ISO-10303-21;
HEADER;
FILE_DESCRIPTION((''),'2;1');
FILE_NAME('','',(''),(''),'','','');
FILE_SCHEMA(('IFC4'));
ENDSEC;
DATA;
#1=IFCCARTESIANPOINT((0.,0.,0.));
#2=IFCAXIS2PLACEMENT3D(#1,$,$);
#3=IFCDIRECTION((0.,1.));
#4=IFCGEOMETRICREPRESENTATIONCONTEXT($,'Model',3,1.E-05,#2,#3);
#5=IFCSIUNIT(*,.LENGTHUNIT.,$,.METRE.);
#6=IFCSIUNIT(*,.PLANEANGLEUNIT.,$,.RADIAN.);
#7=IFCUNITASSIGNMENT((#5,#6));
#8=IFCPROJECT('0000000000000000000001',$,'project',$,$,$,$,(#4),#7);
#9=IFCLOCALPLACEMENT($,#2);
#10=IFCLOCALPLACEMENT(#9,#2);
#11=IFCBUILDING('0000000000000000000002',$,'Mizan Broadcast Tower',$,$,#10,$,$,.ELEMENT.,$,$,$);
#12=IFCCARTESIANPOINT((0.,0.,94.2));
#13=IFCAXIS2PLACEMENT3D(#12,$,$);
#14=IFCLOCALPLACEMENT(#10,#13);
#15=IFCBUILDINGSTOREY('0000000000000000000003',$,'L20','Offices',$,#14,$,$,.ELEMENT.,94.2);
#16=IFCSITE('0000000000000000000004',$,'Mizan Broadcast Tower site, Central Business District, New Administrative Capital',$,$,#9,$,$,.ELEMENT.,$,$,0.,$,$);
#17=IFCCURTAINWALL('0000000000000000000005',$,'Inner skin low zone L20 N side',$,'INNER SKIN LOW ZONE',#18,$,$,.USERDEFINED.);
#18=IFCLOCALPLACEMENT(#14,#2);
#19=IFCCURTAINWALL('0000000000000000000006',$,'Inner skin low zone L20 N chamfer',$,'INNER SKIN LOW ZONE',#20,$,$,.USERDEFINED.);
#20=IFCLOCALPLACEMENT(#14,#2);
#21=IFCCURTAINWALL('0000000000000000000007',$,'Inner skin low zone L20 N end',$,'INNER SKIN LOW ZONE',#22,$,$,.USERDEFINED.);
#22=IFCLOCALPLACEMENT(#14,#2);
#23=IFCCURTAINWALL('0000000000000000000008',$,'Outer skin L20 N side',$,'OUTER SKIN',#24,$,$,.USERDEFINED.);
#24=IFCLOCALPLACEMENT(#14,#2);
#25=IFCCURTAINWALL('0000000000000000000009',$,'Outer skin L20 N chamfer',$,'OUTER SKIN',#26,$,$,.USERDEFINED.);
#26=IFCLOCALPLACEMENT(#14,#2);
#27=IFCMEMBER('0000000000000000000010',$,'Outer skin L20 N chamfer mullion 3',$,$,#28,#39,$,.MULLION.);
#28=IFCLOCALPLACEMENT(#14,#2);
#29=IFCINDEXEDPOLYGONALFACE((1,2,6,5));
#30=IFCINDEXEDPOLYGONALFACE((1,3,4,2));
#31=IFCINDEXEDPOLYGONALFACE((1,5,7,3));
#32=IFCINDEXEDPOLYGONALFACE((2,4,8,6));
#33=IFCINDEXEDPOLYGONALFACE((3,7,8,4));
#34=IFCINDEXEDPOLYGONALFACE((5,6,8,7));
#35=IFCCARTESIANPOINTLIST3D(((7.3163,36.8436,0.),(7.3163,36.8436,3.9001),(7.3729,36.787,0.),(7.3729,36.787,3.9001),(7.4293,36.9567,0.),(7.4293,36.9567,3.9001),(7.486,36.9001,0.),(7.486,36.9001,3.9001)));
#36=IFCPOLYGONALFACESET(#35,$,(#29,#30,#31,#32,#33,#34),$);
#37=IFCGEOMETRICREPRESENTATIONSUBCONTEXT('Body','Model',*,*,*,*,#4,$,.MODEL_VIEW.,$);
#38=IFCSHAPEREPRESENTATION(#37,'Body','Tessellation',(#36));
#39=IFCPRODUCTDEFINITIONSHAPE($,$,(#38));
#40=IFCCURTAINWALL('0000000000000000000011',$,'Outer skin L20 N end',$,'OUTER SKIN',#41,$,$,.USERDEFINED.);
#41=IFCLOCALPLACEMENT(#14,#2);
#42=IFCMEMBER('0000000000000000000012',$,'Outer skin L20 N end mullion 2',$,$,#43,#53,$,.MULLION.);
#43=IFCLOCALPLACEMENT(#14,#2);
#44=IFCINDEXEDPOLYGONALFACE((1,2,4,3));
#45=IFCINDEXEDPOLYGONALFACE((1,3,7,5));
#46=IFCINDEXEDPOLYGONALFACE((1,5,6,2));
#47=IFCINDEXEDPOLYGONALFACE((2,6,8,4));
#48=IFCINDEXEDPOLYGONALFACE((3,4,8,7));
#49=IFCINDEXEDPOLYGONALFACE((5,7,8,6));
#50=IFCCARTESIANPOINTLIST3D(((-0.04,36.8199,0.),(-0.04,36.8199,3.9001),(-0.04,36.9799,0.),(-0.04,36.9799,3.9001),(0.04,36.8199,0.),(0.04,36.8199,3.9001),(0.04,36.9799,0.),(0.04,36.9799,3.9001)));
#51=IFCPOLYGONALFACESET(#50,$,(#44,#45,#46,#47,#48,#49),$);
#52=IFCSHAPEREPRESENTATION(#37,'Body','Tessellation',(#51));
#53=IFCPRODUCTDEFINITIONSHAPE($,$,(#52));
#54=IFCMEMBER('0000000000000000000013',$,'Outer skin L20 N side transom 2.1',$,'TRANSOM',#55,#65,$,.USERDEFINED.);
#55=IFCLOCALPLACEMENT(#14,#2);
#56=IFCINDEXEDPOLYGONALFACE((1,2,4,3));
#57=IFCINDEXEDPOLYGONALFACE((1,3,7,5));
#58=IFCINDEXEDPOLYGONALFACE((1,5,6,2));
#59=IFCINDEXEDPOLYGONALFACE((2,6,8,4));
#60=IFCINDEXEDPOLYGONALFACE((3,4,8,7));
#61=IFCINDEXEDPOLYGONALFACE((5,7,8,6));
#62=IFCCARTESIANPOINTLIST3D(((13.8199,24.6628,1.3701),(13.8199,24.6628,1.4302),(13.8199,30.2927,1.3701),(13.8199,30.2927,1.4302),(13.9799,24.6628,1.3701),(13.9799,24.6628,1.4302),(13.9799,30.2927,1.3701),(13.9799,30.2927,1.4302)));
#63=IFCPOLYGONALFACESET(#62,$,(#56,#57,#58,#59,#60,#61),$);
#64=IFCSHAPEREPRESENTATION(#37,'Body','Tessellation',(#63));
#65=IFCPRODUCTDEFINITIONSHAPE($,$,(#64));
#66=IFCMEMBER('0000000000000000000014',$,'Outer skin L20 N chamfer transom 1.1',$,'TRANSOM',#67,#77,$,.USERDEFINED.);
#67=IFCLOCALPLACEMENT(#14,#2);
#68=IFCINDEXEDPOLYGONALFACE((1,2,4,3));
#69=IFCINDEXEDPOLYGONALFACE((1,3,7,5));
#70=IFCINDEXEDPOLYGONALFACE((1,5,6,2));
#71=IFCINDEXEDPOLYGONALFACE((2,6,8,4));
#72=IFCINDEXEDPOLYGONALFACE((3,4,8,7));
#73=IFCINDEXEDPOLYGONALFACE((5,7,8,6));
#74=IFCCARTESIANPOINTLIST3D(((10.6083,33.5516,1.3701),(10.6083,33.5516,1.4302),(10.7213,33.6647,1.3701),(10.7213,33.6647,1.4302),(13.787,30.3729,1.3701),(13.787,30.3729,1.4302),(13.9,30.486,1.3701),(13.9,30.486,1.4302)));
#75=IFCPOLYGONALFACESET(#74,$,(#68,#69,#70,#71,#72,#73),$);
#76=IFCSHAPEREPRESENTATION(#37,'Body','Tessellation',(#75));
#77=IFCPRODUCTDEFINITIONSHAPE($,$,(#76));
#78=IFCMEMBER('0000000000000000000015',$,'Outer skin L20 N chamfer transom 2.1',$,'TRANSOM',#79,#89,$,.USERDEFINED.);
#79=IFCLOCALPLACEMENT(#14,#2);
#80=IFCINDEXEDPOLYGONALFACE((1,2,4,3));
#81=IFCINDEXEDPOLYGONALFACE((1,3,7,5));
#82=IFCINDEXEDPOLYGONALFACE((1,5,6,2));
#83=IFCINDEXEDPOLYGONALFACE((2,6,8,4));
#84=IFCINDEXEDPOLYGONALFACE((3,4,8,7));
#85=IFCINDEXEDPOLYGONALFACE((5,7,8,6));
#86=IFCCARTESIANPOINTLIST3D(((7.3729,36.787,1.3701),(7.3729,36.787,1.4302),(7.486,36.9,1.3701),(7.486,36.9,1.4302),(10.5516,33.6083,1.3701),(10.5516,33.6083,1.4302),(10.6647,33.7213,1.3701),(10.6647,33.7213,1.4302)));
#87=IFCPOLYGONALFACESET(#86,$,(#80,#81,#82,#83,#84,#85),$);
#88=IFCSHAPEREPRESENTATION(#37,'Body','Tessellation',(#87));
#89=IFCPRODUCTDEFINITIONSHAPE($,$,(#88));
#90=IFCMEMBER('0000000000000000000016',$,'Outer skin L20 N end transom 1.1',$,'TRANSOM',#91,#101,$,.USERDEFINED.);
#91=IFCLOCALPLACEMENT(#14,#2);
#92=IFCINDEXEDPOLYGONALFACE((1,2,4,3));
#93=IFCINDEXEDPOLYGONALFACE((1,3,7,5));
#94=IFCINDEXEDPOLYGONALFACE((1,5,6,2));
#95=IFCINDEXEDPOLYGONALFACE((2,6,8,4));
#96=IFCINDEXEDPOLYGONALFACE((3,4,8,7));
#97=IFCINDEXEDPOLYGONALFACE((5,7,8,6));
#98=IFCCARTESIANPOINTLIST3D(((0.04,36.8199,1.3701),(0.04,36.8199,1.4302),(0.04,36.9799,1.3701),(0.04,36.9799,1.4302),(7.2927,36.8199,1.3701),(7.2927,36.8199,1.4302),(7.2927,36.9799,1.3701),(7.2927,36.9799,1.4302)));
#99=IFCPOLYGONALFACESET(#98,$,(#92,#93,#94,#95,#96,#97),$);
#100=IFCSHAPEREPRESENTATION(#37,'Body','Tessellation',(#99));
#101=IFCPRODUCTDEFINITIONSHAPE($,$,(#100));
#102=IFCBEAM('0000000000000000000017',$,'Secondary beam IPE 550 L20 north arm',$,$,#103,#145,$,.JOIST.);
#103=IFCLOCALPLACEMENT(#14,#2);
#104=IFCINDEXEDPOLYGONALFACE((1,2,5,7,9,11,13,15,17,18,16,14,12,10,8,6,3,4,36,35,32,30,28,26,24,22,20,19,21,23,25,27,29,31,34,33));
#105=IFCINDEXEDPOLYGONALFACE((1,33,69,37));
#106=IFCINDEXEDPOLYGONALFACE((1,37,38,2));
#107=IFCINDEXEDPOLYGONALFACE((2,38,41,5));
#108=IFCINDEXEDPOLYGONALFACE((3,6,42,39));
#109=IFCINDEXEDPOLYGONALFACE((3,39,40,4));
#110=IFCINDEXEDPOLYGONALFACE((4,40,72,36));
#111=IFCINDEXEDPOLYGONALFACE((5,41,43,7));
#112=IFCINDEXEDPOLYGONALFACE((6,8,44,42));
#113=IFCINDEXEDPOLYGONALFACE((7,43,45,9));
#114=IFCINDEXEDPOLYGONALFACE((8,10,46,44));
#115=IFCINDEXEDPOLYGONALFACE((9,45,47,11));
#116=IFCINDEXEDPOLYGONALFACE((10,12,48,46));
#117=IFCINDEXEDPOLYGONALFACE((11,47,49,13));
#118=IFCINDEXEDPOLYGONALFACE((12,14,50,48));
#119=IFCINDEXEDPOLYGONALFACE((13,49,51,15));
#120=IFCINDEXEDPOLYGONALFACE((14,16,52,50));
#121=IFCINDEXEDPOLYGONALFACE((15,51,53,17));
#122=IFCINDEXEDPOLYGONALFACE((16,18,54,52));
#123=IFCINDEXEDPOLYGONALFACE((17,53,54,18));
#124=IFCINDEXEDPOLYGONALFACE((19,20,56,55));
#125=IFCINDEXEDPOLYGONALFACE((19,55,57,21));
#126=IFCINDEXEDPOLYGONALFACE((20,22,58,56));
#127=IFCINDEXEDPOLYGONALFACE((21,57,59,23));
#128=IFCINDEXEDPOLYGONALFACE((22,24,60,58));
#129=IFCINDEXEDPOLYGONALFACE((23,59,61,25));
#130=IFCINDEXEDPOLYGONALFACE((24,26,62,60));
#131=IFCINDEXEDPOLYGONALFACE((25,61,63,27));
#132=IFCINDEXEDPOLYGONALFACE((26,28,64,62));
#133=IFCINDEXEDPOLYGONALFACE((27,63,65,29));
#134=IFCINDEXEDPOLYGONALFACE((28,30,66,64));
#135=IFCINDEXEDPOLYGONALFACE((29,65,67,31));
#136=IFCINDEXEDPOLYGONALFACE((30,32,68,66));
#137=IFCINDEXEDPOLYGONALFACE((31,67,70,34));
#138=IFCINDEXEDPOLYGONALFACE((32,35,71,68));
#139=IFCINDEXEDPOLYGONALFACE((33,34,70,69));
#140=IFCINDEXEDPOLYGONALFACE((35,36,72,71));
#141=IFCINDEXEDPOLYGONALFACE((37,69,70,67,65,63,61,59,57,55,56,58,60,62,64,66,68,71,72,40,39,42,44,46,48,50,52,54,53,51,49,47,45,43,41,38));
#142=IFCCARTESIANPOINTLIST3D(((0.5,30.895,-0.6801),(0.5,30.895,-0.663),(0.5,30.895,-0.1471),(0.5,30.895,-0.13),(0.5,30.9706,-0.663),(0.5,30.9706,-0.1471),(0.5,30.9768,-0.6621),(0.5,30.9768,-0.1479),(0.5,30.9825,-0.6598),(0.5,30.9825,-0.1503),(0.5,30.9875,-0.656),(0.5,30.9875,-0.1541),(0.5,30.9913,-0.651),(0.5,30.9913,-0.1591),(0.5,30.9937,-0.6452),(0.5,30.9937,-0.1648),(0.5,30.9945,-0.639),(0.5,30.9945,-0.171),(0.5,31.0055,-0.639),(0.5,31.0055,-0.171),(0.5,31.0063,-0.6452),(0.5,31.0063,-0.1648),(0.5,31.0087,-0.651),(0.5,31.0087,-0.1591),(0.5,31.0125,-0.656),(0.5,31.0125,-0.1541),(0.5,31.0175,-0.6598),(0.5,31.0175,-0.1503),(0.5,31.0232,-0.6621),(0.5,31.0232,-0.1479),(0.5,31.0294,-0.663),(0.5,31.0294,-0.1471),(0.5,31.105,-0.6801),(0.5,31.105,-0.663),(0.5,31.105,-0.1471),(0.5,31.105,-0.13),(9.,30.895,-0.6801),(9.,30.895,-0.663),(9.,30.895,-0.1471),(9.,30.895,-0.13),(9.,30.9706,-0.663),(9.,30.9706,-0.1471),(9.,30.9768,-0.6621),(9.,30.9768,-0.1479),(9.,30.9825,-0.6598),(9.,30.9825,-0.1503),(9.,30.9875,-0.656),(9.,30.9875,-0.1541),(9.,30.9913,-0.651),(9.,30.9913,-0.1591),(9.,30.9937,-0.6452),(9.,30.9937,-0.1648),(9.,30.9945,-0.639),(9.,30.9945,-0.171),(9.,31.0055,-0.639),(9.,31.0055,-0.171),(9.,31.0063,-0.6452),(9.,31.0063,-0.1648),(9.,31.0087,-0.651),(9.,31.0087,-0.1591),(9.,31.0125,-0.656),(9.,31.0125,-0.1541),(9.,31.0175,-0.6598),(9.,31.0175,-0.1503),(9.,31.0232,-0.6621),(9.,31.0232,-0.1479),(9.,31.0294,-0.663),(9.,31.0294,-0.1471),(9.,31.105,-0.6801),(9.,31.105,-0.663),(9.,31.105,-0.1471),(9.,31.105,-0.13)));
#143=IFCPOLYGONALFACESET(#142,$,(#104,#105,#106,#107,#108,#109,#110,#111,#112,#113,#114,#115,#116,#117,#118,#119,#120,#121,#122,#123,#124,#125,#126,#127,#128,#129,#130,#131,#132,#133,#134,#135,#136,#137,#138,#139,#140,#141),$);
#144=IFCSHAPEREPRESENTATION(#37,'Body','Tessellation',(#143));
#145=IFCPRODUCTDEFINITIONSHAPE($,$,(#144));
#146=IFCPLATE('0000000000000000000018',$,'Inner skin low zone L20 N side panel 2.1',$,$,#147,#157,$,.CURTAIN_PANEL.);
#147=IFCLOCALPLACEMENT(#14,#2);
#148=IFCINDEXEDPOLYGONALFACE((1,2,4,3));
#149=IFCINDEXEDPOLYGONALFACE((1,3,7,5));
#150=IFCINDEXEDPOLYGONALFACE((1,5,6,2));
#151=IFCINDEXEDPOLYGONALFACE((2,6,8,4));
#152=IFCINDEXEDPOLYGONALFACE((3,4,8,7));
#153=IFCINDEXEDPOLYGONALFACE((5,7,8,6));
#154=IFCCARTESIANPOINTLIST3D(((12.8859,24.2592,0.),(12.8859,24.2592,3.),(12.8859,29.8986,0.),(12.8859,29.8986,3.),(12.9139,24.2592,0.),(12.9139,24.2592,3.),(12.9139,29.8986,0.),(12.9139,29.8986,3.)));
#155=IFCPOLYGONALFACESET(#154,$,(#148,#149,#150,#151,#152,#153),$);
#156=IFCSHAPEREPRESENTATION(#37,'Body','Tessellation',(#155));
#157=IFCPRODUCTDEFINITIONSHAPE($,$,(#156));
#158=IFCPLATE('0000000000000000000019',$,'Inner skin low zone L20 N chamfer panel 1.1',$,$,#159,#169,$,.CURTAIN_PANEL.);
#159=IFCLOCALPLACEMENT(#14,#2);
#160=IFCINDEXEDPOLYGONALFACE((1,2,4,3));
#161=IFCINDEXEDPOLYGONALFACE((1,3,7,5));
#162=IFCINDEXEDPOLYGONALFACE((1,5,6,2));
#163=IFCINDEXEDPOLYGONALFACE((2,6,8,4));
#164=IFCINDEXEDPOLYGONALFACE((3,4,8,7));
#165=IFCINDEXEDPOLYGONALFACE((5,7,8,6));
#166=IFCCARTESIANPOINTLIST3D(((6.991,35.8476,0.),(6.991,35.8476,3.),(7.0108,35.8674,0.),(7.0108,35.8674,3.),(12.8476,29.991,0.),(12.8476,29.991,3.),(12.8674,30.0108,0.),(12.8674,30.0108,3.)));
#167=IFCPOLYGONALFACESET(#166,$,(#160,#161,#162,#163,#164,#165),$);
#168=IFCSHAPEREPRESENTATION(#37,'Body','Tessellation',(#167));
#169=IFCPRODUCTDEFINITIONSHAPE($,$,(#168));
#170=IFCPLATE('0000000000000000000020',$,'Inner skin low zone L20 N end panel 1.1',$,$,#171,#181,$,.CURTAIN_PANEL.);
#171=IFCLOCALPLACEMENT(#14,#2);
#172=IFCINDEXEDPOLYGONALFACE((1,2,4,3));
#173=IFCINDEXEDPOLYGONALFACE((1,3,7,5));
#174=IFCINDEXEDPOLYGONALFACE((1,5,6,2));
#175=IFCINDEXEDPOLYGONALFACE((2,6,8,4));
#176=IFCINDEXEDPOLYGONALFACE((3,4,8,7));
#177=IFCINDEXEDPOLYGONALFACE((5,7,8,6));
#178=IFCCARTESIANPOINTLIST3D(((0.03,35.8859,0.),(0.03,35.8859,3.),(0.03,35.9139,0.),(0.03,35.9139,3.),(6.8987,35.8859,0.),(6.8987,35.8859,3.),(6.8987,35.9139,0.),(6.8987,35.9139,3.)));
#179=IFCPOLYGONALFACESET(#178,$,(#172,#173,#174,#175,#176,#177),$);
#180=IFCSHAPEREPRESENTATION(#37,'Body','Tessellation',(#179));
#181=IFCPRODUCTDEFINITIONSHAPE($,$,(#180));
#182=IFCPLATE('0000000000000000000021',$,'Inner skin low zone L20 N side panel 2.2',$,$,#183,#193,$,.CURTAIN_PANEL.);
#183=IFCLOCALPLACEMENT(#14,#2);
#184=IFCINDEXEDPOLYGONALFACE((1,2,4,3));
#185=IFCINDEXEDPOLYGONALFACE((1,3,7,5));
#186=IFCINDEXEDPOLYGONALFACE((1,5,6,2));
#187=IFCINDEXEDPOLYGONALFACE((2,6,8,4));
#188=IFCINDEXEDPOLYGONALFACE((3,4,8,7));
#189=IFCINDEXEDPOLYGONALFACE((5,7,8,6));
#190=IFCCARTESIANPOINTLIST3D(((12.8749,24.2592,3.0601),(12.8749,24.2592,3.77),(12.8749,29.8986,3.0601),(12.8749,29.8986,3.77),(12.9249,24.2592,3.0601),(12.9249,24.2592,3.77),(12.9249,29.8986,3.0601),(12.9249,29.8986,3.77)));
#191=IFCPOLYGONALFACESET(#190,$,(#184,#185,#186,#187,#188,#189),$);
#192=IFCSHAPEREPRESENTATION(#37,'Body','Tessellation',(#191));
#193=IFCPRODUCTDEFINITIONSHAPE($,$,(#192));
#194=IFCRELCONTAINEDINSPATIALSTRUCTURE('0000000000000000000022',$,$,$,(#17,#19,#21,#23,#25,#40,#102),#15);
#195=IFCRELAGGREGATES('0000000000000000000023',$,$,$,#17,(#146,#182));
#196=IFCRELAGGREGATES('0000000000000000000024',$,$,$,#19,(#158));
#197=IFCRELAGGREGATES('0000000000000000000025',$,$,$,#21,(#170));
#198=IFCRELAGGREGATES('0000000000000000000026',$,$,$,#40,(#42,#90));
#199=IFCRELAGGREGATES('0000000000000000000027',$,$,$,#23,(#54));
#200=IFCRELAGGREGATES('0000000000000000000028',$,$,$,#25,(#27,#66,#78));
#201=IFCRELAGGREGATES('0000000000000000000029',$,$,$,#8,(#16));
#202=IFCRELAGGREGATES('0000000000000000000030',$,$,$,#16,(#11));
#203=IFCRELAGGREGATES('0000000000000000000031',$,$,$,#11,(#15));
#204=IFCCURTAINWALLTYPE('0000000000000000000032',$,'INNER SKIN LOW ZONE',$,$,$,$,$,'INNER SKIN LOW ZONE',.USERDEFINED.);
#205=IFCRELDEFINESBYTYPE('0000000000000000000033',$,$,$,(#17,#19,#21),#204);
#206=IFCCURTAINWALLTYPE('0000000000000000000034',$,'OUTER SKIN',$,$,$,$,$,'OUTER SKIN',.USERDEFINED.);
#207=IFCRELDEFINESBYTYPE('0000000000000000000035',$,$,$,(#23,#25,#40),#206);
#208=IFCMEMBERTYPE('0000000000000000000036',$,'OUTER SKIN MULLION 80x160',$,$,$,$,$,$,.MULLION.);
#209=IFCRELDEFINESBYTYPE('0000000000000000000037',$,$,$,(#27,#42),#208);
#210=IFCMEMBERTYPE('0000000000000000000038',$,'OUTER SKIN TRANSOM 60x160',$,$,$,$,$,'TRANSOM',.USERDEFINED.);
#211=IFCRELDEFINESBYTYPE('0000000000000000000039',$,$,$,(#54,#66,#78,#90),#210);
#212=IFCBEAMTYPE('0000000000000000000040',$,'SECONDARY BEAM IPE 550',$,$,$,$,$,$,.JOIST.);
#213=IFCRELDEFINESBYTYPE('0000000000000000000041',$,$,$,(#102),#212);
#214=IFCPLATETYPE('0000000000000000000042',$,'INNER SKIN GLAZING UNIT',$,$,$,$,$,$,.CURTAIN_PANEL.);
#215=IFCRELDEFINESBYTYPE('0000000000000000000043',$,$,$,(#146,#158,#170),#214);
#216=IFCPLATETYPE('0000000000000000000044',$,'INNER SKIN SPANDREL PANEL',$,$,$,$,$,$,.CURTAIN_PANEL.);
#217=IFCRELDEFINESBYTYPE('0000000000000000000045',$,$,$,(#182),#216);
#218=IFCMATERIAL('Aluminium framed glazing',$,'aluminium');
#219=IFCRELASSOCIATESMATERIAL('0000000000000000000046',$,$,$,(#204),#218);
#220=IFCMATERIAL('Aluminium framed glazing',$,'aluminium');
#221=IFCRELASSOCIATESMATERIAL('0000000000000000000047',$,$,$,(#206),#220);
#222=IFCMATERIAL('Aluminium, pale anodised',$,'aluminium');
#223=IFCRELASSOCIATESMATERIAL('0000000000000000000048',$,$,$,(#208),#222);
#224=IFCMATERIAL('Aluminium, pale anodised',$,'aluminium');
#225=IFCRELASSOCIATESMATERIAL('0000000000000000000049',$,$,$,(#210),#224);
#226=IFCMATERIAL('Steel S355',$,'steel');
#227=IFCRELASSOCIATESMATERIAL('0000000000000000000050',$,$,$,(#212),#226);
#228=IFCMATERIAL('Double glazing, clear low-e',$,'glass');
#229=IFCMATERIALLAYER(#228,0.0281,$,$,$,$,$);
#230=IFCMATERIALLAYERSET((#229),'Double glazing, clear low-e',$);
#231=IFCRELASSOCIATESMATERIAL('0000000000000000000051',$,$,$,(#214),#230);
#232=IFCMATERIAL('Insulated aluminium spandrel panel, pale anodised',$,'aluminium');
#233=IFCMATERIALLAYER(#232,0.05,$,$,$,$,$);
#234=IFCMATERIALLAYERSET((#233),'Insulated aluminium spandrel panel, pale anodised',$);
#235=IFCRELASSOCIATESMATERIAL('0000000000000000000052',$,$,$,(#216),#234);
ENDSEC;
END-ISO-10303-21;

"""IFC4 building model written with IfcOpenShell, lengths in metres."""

from ifc_helpers import new_model, si_unit, direction, frame, origin, origin_2d, place, context, subcontext, project, spatial, rectangle, i_section, extrude, material, layer, layer_set, material_profile, profile_set, type_object, element, aggregate, save


model = new_model("IFC4")

# Units and contexts
model_context = context("Model", 3, precision=1e-05, world=origin(), true_north=direction((0.0, 1.0)))
body_context = subcontext(model_context, "Body", "Model", "MODEL_VIEW")
ifc_project = project(units=[si_unit("LENGTHUNIT", "METRE"), si_unit("PLANEANGLEUNIT", "RADIAN")], contexts=[model_context])

# Site, building, storey
site_placement = place(None, origin())
site = spatial("IfcSite", under=ifc_project, at=site_placement, Name="Mizan Broadcast Tower site, Central Business District, New Administrative Capital", CompositionType="ELEMENT", RefElevation=0.0)
building_placement = place(site_placement, origin())
building = spatial("IfcBuilding", under=site, at=building_placement, Name="Mizan Broadcast Tower", CompositionType="ELEMENT")
storey_placement = place(building_placement, frame((0.0, 0.0, 94.2)))
storey = spatial("IfcBuildingStorey", under=building, at=storey_placement, Name="L20", Description="Offices", CompositionType="ELEMENT", Elevation=94.2)

# Curtain walls
ifc_material_1 = material(Name="Aluminium framed glazing", Category="aluminium")
curtain_wall_type_1 = type_object("IfcCurtainWallType", Name="INNER SKIN LOW ZONE", ElementType="INNER SKIN LOW ZONE", PredefinedType="USERDEFINED", material=ifc_material_1)
curtain_wall_1_placement = place(storey_placement, origin())
curtain_wall_1 = element("IfcCurtainWall", 1, at=curtain_wall_1_placement, inside=storey, type_object=curtain_wall_type_1, Name="Inner skin low zone L20 N side", ObjectType="INNER SKIN LOW ZONE", PredefinedType="USERDEFINED")
curtain_wall_2_placement = place(storey_placement, origin())
curtain_wall_2 = element("IfcCurtainWall", 2, at=curtain_wall_2_placement, inside=storey, type_object=curtain_wall_type_1, Name="Inner skin low zone L20 N chamfer", ObjectType="INNER SKIN LOW ZONE", PredefinedType="USERDEFINED")
curtain_wall_3_placement = place(storey_placement, origin())
curtain_wall_3 = element("IfcCurtainWall", 3, at=curtain_wall_3_placement, inside=storey, type_object=curtain_wall_type_1, Name="Inner skin low zone L20 N end", ObjectType="INNER SKIN LOW ZONE", PredefinedType="USERDEFINED")

# Curtain wall
ifc_material_2 = material(Name="Aluminium framed glazing", Category="aluminium")
curtain_wall_type_2 = type_object("IfcCurtainWallType", Name="OUTER SKIN", ElementType="OUTER SKIN", PredefinedType="USERDEFINED", material=ifc_material_2)
curtain_wall_4_placement = place(storey_placement, origin())
curtain_wall_4 = element("IfcCurtainWall", 4, at=curtain_wall_4_placement, inside=storey, type_object=curtain_wall_type_2, Name="Outer skin L20 N side", ObjectType="OUTER SKIN", PredefinedType="USERDEFINED")
ifc_material_3 = material(Name="Aluminium, pale anodised", Category="aluminium")
ifc_material_profile_1 = material_profile(ifc_material_3, rectangle(XDim=0.1599, YDim=0.0801, at=origin_2d()), Name="MULLION 160x80")
ifc_profile_set_1 = profile_set([ifc_material_profile_1], Name="Aluminium, pale anodised")
member_type_1 = type_object("IfcMemberType", Name="OUTER SKIN MULLION 80x160", PredefinedType="MULLION", material=ifc_profile_set_1)

# Curtain wall, member
curtain_wall_5_placement = place(storey_placement, origin())
curtain_wall_5 = element("IfcCurtainWall", 5, at=curtain_wall_5_placement, inside=storey, type_object=curtain_wall_type_2, Name="Outer skin L20 N chamfer", ObjectType="OUTER SKIN", PredefinedType="USERDEFINED")
member_1_placement = place(storey_placement, frame((7.4011, 36.8718, 0.0), z_axis=(0.0, 0.0, 1.0), x_axis=(-0.707107, -0.707107, 0.0)))
member_1 = element("IfcMember", 6, at=member_1_placement, type_object=member_type_1, Name="Outer skin L20 N chamfer mullion 3", PredefinedType="MULLION", context=body_context, shape_type="SweptSolid", body=[
    extrude(rectangle(XDim=0.1599, YDim=0.0801, at=origin_2d()), origin(), (0.0, 0.0, 1.0), 3.9001),
])

# Curtain wall, member
curtain_wall_6_placement = place(storey_placement, origin())
curtain_wall_6 = element("IfcCurtainWall", 7, at=curtain_wall_6_placement, inside=storey, type_object=curtain_wall_type_2, Name="Outer skin L20 N end", ObjectType="OUTER SKIN", PredefinedType="USERDEFINED")
member_2_placement = place(storey_placement, frame((0.0, 36.8999, 0.0), z_axis=(0.0, 0.0, 1.0), x_axis=(0.0, -1.0, 0.0)))
member_2 = element("IfcMember", 8, at=member_2_placement, type_object=member_type_1, Name="Outer skin L20 N end mullion 2", PredefinedType="MULLION", context=body_context, shape_type="SweptSolid", body=[
    extrude(rectangle(XDim=0.1599, YDim=0.0801, at=origin_2d()), origin(), (0.0, 0.0, 1.0), 3.9001),
])

# Members
ifc_material_4 = material(Name="Aluminium, pale anodised", Category="aluminium")
ifc_material_profile_2 = material_profile(ifc_material_4, rectangle(XDim=0.1599, YDim=0.0601, at=origin_2d()), Name="TRANSOM 160x60")
ifc_profile_set_2 = profile_set([ifc_material_profile_2], Name="Aluminium, pale anodised")
member_type_2 = type_object("IfcMemberType", Name="OUTER SKIN TRANSOM 60x160", ElementType="TRANSOM", PredefinedType="USERDEFINED", material=ifc_profile_set_2)
member_3_placement = place(storey_placement, frame((13.8999, 24.6628, 1.4001), z_axis=(0.0, 1.0, 0.0), x_axis=(-1.0, 0.0, 0.0)))
member_3 = element("IfcMember", 9, at=member_3_placement, type_object=member_type_2, Name="Outer skin L20 N side transom 2.1", ObjectType="TRANSOM", PredefinedType="USERDEFINED", context=body_context, shape_type="SweptSolid", body=[
    extrude(rectangle(XDim=0.1599, YDim=0.0601, at=origin_2d()), origin(), (0.0, 0.0, 1.0), 5.6299),
])
member_4_placement = place(storey_placement, frame((13.8435, 30.4294, 1.4001), z_axis=(-0.707107, 0.707107, 0.0), x_axis=(-0.707107, -0.707107, 0.0)))
member_4 = element("IfcMember", 10, at=member_4_placement, type_object=member_type_2, Name="Outer skin L20 N chamfer transom 1.1", ObjectType="TRANSOM", PredefinedType="USERDEFINED", context=body_context, shape_type="SweptSolid", body=[
    extrude(rectangle(XDim=0.1599, YDim=0.0601, at=origin_2d()), origin(), (0.0, 0.0, 1.0), 4.4954),
])
member_5_placement = place(storey_placement, frame((10.6082, 33.6648, 1.4001), z_axis=(-0.707107, 0.707107, 0.0), x_axis=(-0.707107, -0.707107, 0.0)))
member_5 = element("IfcMember", 11, at=member_5_placement, type_object=member_type_2, Name="Outer skin L20 N chamfer transom 2.1", ObjectType="TRANSOM", PredefinedType="USERDEFINED", context=body_context, shape_type="SweptSolid", body=[
    extrude(rectangle(XDim=0.1599, YDim=0.0601, at=origin_2d()), origin(), (0.0, 0.0, 1.0), 4.4954),
])
member_6_placement = place(storey_placement, frame((7.2927, 36.8999, 1.4001), z_axis=(-1.0, 0.0, 0.0), x_axis=(0.0, -1.0, 0.0)))
member_6 = element("IfcMember", 12, at=member_6_placement, type_object=member_type_2, Name="Outer skin L20 N end transom 1.1", ObjectType="TRANSOM", PredefinedType="USERDEFINED", context=body_context, shape_type="SweptSolid", body=[
    extrude(rectangle(XDim=0.1599, YDim=0.0601, at=origin_2d()), origin(), (0.0, 0.0, 1.0), 7.2527),
])

# Beam
ifc_material_5 = material(Name="Steel S355", Category="steel")
ifc_material_profile_3 = material_profile(ifc_material_5, i_section(OverallWidth=0.21, OverallDepth=0.55, WebThickness=0.011, FlangeThickness=0.0171, FilletRadius=0.0239, at=origin_2d()), Name="IPE 550")
ifc_profile_set_3 = profile_set([ifc_material_profile_3], Name="Steel S355")
beam_type_1 = type_object("IfcBeamType", Name="SECONDARY BEAM IPE 550", PredefinedType="JOIST", material=ifc_profile_set_3)
beam_1_placement = place(storey_placement, frame((9.0, 31.0, -0.405), z_axis=(-1.0, 0.0, 0.0), x_axis=(0.0, -1.0, 0.0)))
element("IfcBeam", 13, at=beam_1_placement, inside=storey, type_object=beam_type_1, Name="Secondary beam IPE 550 L20 north arm", PredefinedType="JOIST", context=body_context, shape_type="SweptSolid", body=[
    extrude(i_section(OverallWidth=0.21, OverallDepth=0.55, WebThickness=0.011, FlangeThickness=0.0171, FilletRadius=0.0239, at=origin_2d()), origin(), (0.0, 0.0, 1.0), 8.5),
])

# Plates
ifc_material_6 = material(Name="Double glazing, clear low-e", Category="glass")
ifc_layer_1 = layer(ifc_material_6, 0.0281)
ifc_layer_set_1 = layer_set([ifc_layer_1], Name="Double glazing, clear low-e")
plate_type_1 = type_object("IfcPlateType", Name="INNER SKIN GLAZING UNIT", PredefinedType="CURTAIN_PANEL", material=ifc_layer_set_1)
plate_1_placement = place(storey_placement, frame((12.8999, 27.0789, 0.0), z_axis=(0.0, 0.0, 1.0), x_axis=(0.0, 1.0, 0.0)))
plate_1 = element("IfcPlate", 14, at=plate_1_placement, type_object=plate_type_1, Name="Inner skin low zone L20 N side panel 2.1", PredefinedType="CURTAIN_PANEL", context=body_context, shape_type="SweptSolid", body=[
    extrude(rectangle(XDim=5.6394, YDim=0.0281, at=origin_2d()), origin(), (0.0, 0.0, 1.0), 3.0),
])
plate_2_placement = place(storey_placement, frame((9.9292, 32.9292, 0.0), z_axis=(0.0, 0.0, 1.0), x_axis=(-0.707107, 0.707107, 0.0)))
plate_2 = element("IfcPlate", 15, at=plate_2_placement, type_object=plate_type_1, Name="Inner skin low zone L20 N chamfer panel 1.1", PredefinedType="CURTAIN_PANEL", context=body_context, shape_type="SweptSolid", body=[
    extrude(rectangle(XDim=8.2825, YDim=0.0281, at=origin_2d()), origin(), (0.0, 0.0, 1.0), 3.0),
])
plate_3_placement = place(storey_placement, frame((3.4644, 35.8999, 0.0), z_axis=(0.0, 0.0, 1.0), x_axis=(-1.0, 0.0, 0.0)))
plate_3 = element("IfcPlate", 16, at=plate_3_placement, type_object=plate_type_1, Name="Inner skin low zone L20 N end panel 1.1", PredefinedType="CURTAIN_PANEL", context=body_context, shape_type="SweptSolid", body=[
    extrude(rectangle(XDim=6.8687, YDim=0.0281, at=origin_2d()), origin(), (0.0, 0.0, 1.0), 3.0),
])
ifc_material_7 = material(Name="Insulated aluminium spandrel panel, pale anodised", Category="aluminium")
ifc_layer_2 = layer(ifc_material_7, 0.05)
ifc_layer_set_2 = layer_set([ifc_layer_2], Name="Insulated aluminium spandrel panel, pale anodised")
plate_type_2 = type_object("IfcPlateType", Name="INNER SKIN SPANDREL PANEL", PredefinedType="CURTAIN_PANEL", material=ifc_layer_set_2)
plate_4_placement = place(storey_placement, frame((12.8999, 27.0789, 3.0601), z_axis=(0.0, 0.0, 1.0), x_axis=(0.0, 1.0, 0.0)))
plate_4 = element("IfcPlate", 17, at=plate_4_placement, type_object=plate_type_2, Name="Inner skin low zone L20 N side panel 2.2", PredefinedType="CURTAIN_PANEL", context=body_context, shape_type="SweptSolid", body=[
    extrude(rectangle(XDim=5.6394, YDim=0.05, at=origin_2d()), origin(), (0.0, 0.0, 1.0), 0.71),
])
aggregate(curtain_wall_1, [plate_1, plate_4])
aggregate(curtain_wall_2, [plate_2])
aggregate(curtain_wall_3, [plate_3])
aggregate(curtain_wall_6, [member_2, member_6])
aggregate(curtain_wall_4, [member_3])
aggregate(curtain_wall_5, [member_1, member_4, member_5])

save(model, "model.ifc")
